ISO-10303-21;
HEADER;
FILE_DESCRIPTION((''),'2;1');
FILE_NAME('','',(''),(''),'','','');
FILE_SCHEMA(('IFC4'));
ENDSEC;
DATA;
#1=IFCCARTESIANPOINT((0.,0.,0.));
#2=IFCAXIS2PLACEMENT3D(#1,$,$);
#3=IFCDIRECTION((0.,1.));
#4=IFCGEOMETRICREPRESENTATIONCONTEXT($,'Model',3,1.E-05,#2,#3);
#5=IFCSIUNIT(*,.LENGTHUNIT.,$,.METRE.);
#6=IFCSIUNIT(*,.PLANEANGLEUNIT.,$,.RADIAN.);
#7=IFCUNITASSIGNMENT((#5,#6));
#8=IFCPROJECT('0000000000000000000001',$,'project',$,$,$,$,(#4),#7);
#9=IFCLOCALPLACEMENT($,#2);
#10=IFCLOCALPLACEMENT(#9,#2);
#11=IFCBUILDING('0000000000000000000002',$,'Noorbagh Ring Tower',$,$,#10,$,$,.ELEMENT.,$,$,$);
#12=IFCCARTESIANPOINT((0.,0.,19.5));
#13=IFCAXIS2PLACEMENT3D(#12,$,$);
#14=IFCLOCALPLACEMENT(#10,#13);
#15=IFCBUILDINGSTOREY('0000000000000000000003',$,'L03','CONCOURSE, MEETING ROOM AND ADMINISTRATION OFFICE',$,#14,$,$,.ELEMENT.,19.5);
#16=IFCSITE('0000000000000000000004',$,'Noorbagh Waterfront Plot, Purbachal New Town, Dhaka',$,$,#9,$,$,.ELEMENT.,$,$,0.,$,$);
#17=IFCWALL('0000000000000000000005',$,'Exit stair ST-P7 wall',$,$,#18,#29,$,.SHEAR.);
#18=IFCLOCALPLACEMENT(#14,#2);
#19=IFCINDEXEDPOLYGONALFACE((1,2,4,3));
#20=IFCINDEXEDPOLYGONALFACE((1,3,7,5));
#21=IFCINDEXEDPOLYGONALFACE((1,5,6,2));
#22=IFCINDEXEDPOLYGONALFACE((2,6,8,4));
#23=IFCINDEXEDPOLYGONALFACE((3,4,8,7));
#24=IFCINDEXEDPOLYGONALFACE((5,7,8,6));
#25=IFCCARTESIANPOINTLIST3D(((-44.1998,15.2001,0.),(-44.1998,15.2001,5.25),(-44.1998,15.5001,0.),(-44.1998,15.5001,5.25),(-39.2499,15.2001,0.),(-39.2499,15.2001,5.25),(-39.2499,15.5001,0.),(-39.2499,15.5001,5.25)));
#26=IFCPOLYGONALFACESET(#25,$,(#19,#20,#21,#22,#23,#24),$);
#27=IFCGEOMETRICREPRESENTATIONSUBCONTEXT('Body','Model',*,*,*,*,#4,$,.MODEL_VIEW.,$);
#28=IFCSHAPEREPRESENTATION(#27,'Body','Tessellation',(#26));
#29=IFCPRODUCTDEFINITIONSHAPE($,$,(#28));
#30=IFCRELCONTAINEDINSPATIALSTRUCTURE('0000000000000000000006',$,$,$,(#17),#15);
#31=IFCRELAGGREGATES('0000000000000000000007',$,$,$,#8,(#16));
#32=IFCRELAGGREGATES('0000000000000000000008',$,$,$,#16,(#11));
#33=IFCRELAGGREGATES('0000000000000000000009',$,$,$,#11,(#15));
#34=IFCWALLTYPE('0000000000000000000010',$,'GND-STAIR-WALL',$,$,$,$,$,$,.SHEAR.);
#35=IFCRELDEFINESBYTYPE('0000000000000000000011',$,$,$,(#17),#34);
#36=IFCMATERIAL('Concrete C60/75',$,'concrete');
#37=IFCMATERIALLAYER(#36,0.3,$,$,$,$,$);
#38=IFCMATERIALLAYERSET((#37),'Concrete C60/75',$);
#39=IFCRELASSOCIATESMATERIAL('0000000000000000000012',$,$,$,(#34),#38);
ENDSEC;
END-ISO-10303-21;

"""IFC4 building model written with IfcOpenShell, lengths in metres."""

from ifc_helpers import new_model, si_unit, direction, frame, frame_2d, origin, place, context, subcontext, project, spatial, rectangle, extrude, material, layer, layer_set, type_object, element, save


model = new_model("IFC4")

# Units and contexts
model_context = context("Model", 3, precision=1e-05, world=origin(), true_north=direction((0.0, 1.0)))
body_context = subcontext(model_context, "Body", "Model", "MODEL_VIEW")
ifc_project = project(units=[si_unit("LENGTHUNIT", "METRE"), si_unit("PLANEANGLEUNIT", "RADIAN")], contexts=[model_context])

# Site, building, storey
site_placement = place(None, origin())
site = spatial("IfcSite", under=ifc_project, at=site_placement, Name="Noorbagh Waterfront Plot, Purbachal New Town, Dhaka", CompositionType="ELEMENT", RefElevation=0.0)
building_placement = place(site_placement, origin())
building = spatial("IfcBuilding", under=site, at=building_placement, Name="Noorbagh Ring Tower", CompositionType="ELEMENT")
storey_placement = place(building_placement, frame((0.0, 0.0, 19.5)))
storey = spatial("IfcBuildingStorey", under=building, at=storey_placement, Name="L03", Description="CONCOURSE, MEETING ROOM AND ADMINISTRATION OFFICE", CompositionType="ELEMENT", Elevation=19.5)

# Wall
ifc_material_1 = material(Name="Concrete C60/75", Category="concrete")
ifc_layer_1 = layer(ifc_material_1, 0.3)
ifc_layer_set_1 = layer_set([ifc_layer_1], Name="Concrete C60/75")
wall_type_1 = type_object("IfcWallType", Name="GND-STAIR-WALL", PredefinedType="SHEAR", material=ifc_layer_set_1)
wall_1_placement = place(storey_placement, frame((-44.2, 15.3501, 0.0), z_axis=(0.0, 0.0, 1.0), x_axis=(1.0, 0.0, 0.0)))
element("IfcWall", 1, at=wall_1_placement, inside=storey, type_object=wall_type_1, Name="Exit stair ST-P7 wall", PredefinedType="SHEAR", context=body_context, shape_type="SweptSolid", body=[
    extrude(rectangle(XDim=4.95, YDim=0.3, at=frame_2d((2.4751, 0.0))), origin(), (0.0, 0.0, 1.0), 5.25),
])

save(model, "model.ifc")
